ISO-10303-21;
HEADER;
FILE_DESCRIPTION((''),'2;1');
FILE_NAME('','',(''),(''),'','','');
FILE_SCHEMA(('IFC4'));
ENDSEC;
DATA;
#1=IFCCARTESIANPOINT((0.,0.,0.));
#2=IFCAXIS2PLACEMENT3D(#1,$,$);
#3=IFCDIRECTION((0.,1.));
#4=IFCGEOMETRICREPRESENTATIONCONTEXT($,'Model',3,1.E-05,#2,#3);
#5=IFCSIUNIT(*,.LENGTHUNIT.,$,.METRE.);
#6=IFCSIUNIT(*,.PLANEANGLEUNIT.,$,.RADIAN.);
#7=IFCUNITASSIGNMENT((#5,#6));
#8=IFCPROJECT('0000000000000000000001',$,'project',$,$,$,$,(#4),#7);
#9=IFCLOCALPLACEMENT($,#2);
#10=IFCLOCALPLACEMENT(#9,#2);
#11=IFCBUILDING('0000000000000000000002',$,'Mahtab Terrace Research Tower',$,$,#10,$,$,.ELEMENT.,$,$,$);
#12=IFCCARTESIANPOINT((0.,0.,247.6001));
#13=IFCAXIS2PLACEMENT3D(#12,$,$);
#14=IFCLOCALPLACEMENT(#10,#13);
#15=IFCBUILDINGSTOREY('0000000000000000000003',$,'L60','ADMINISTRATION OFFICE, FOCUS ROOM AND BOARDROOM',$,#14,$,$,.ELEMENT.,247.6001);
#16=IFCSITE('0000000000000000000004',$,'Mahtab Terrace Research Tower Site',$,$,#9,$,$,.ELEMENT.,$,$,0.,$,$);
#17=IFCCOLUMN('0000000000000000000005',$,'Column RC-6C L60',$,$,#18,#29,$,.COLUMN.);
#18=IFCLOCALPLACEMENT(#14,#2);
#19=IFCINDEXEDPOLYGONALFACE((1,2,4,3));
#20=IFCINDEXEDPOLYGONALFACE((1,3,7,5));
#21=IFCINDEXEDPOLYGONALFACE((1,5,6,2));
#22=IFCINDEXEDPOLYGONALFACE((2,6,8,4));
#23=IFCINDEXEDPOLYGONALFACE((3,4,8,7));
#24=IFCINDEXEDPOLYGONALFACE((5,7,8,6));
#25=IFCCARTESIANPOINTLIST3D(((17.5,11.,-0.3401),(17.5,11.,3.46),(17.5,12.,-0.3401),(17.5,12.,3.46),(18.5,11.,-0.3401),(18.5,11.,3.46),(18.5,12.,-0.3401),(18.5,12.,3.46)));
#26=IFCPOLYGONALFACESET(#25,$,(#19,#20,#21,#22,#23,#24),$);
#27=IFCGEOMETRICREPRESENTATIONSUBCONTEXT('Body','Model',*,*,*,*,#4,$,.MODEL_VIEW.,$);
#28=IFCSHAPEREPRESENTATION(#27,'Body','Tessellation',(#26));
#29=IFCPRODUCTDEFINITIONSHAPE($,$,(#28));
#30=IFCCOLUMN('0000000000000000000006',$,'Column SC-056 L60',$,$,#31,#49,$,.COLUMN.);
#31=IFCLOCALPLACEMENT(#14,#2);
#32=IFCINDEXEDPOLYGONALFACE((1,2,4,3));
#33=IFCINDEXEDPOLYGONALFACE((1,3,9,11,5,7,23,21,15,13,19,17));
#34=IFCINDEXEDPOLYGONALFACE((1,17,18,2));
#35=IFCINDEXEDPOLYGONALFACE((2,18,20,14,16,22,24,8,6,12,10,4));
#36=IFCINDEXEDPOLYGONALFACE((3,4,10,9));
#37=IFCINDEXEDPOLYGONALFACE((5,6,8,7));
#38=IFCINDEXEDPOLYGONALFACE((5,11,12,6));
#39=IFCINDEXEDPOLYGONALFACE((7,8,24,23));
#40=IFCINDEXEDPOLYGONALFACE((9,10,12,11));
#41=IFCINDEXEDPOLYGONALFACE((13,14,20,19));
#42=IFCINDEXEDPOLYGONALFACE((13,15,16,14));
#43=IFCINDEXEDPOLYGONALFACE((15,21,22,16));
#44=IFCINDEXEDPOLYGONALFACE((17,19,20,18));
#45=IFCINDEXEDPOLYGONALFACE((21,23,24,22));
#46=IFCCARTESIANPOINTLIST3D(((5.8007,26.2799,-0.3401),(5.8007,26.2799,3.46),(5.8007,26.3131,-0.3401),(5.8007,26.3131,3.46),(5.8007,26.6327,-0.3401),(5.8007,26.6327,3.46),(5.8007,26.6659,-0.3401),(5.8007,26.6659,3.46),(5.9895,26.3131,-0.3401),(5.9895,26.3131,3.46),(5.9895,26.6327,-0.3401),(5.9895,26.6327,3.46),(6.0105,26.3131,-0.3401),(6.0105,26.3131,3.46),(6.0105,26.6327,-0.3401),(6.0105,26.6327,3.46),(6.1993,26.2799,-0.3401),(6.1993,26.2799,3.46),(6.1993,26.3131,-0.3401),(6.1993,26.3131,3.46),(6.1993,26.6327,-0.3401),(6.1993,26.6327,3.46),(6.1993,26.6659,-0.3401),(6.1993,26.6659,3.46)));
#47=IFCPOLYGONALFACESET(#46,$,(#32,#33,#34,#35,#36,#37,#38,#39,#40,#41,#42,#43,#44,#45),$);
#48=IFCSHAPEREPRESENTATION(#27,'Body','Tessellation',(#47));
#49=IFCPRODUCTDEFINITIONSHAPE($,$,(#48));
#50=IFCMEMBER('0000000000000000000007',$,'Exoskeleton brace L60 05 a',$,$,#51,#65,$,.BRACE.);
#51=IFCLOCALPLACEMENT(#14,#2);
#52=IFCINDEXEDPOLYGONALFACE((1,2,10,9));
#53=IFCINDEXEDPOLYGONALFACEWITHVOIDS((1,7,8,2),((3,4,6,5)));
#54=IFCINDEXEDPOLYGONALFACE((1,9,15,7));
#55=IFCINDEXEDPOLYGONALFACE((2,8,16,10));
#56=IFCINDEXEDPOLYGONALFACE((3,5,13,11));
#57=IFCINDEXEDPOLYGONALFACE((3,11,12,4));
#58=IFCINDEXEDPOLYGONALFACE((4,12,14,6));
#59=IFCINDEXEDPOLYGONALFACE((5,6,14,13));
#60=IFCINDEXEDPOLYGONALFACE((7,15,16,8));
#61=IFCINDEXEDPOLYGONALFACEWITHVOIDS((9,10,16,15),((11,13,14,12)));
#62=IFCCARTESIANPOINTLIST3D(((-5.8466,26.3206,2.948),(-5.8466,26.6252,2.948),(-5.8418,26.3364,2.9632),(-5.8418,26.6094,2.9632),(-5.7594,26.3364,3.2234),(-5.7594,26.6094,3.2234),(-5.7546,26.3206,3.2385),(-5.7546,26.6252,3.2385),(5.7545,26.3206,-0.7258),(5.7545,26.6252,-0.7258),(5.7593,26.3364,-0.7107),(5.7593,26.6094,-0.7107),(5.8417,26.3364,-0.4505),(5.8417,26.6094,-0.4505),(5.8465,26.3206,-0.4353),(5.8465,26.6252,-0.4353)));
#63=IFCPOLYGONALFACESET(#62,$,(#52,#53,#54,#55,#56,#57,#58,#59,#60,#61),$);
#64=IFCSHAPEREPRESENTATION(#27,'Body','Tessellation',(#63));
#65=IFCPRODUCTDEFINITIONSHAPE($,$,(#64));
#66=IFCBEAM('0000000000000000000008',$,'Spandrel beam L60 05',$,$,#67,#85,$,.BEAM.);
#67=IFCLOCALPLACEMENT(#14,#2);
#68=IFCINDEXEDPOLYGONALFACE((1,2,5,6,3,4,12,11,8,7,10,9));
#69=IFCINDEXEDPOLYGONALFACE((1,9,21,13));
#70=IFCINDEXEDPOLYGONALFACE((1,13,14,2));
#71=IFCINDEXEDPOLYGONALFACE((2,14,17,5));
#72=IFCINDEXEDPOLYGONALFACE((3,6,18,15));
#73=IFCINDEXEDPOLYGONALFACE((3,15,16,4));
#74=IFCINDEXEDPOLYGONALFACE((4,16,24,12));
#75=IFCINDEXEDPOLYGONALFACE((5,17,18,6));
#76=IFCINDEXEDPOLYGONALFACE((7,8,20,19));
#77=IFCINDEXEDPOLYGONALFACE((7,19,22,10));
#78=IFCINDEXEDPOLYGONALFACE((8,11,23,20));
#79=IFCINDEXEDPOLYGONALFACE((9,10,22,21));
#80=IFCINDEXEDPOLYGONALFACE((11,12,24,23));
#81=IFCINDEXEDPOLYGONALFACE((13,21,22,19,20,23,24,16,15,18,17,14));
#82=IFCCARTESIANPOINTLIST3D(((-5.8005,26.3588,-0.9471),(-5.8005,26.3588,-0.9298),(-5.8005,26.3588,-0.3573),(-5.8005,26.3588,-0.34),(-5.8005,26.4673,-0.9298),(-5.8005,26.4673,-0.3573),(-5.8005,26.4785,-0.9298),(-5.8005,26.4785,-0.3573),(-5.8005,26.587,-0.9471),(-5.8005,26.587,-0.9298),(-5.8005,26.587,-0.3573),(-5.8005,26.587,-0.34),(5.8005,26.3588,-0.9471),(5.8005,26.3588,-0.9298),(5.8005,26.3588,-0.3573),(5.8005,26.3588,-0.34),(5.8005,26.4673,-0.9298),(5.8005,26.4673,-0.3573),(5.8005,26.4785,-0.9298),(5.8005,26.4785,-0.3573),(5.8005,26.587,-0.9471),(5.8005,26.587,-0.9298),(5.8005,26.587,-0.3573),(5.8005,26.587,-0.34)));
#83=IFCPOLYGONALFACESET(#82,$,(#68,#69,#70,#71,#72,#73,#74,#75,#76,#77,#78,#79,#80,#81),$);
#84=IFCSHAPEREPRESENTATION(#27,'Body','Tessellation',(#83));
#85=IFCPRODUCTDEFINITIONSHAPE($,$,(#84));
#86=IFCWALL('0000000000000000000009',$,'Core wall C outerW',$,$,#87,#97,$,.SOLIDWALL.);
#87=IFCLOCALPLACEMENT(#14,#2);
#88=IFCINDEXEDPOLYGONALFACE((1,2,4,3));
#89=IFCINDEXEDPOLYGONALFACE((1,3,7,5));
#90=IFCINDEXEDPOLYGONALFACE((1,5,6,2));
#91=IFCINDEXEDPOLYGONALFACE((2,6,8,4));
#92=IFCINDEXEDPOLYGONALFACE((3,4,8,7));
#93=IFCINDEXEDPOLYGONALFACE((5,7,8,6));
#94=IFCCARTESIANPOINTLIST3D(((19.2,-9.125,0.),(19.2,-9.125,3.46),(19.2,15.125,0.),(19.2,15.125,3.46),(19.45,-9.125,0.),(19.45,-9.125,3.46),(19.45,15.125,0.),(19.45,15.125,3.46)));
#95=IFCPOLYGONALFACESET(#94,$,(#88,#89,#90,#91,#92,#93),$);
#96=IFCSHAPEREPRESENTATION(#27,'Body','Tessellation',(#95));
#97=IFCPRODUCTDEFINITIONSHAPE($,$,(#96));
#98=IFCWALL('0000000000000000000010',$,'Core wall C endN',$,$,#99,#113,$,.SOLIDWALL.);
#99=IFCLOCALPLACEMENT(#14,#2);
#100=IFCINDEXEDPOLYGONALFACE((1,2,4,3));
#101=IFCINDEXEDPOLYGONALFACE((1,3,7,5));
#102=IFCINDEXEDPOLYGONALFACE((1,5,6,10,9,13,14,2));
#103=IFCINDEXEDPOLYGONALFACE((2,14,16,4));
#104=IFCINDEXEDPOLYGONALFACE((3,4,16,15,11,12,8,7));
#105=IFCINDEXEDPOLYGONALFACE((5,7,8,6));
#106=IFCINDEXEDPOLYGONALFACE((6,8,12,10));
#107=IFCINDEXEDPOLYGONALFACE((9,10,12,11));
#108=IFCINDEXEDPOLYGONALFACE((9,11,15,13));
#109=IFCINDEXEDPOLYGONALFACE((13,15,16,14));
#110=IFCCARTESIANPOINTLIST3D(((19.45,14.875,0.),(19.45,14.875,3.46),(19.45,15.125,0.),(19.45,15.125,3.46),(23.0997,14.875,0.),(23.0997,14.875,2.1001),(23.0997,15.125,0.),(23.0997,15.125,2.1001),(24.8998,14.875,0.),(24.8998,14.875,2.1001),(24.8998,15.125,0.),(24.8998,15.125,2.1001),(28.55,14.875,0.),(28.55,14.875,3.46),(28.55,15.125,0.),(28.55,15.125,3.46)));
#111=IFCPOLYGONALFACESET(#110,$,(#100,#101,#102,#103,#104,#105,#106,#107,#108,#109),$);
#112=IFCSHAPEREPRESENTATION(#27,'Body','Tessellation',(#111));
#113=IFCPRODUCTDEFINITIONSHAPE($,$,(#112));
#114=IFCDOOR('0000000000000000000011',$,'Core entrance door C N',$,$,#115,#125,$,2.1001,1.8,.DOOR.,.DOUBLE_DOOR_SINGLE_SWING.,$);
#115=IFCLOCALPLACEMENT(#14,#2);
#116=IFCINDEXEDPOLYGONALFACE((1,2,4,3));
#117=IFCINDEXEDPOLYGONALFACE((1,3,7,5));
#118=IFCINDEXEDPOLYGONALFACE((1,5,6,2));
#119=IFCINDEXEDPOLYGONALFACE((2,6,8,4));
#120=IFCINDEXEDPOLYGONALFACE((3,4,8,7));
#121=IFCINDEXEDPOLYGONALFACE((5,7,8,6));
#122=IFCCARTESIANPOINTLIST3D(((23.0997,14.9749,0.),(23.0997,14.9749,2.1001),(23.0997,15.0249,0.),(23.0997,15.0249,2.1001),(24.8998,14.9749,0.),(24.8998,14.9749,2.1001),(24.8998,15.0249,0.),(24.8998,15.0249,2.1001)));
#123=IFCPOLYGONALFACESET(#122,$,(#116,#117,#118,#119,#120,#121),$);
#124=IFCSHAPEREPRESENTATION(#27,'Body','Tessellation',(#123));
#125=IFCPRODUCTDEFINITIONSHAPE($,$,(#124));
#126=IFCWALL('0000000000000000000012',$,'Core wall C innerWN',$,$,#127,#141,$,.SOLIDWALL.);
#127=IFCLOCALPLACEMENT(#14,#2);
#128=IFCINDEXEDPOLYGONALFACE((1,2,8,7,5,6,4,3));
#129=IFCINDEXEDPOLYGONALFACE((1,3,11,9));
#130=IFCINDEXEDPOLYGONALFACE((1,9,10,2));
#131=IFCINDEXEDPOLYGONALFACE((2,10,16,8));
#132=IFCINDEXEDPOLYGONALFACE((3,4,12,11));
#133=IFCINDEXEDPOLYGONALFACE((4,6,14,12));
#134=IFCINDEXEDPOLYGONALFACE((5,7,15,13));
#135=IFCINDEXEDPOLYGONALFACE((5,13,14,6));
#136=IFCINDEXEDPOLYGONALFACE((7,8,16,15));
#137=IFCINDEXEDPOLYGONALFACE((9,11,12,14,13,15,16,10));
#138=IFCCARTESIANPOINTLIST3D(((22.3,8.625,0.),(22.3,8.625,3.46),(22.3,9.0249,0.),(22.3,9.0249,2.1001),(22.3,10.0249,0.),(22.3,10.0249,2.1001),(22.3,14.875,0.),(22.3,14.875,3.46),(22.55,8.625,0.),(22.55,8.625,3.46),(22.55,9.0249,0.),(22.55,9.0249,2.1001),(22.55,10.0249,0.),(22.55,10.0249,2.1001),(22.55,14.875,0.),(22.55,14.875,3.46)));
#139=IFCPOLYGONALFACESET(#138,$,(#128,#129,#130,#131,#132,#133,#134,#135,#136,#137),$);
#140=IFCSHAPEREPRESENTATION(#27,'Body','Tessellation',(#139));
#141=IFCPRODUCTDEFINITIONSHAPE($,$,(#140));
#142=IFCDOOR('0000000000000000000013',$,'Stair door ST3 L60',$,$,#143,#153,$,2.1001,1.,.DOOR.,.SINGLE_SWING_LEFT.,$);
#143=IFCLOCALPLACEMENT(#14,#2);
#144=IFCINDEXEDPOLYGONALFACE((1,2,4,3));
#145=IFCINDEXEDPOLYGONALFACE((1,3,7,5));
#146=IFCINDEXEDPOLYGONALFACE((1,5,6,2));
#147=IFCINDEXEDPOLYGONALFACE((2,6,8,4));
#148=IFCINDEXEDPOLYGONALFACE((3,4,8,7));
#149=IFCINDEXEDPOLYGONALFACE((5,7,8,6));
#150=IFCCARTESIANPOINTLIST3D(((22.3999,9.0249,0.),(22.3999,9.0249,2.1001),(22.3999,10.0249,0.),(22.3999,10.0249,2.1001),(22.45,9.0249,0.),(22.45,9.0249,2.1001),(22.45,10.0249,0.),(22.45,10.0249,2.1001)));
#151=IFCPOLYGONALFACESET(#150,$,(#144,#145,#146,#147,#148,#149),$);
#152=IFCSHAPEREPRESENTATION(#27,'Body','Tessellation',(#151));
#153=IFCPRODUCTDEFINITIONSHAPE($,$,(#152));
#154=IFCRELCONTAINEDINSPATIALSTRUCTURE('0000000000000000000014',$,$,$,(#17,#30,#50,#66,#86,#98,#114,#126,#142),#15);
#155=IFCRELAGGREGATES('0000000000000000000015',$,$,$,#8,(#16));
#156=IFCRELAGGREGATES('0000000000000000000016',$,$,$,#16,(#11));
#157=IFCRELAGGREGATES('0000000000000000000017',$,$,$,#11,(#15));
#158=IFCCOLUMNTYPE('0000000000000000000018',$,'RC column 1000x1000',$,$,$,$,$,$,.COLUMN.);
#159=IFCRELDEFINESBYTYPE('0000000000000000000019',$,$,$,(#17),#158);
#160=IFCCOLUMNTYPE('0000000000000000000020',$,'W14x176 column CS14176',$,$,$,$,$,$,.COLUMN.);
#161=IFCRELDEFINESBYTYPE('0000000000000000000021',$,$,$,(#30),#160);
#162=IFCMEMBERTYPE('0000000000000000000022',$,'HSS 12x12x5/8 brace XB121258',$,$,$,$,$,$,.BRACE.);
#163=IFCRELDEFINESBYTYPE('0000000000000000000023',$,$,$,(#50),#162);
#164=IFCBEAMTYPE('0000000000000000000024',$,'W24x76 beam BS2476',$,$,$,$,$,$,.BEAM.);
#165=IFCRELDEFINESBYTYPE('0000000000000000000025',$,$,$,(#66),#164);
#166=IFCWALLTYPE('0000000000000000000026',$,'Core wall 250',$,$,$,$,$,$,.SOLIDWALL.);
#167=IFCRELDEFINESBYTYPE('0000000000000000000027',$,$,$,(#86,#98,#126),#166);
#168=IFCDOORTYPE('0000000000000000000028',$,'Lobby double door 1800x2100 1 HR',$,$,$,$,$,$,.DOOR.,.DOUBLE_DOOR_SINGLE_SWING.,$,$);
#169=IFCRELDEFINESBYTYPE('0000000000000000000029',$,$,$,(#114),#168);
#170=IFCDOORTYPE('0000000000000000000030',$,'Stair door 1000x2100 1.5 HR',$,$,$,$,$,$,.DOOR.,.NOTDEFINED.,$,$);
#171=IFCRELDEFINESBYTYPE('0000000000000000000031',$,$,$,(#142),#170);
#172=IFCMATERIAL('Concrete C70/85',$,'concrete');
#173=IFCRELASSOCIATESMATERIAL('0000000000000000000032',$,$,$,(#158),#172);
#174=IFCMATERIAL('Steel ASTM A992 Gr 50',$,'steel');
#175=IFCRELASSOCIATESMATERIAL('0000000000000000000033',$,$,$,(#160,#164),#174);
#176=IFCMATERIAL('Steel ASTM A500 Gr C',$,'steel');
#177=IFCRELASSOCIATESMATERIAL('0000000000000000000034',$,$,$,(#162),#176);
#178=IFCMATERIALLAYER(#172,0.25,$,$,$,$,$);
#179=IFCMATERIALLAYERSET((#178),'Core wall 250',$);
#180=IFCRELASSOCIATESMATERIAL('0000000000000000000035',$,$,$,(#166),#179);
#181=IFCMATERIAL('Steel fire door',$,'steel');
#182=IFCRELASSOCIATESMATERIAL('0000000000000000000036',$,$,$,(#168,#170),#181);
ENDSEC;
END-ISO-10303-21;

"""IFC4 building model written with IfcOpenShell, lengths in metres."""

from ifc_helpers import new_model, si_unit, direction, frame, frame_2d, origin, origin_2d, place, context, subcontext, project, spatial, rectangle, hollow_rectangle, i_section, extrude, material, layer, layer_set, material_profile, profile_set, type_object, element, fill, save


model = new_model("IFC4")

# Units and contexts
model_context = context("Model", 3, precision=1e-05, world=origin(), true_north=direction((0.0, 1.0)))
body_context = subcontext(model_context, "Body", "Model", "MODEL_VIEW")
ifc_project = project(units=[si_unit("LENGTHUNIT", "METRE"), si_unit("PLANEANGLEUNIT", "RADIAN")], contexts=[model_context])

# Site, building, storey
site_placement = place(None, origin())
site = spatial("IfcSite", under=ifc_project, at=site_placement, Name="Mahtab Terrace Research Tower Site", CompositionType="ELEMENT", RefElevation=0.0)
building_placement = place(site_placement, origin())
building = spatial("IfcBuilding", under=site, at=building_placement, Name="Mahtab Terrace Research Tower", CompositionType="ELEMENT")
storey_placement = place(building_placement, frame((0.0, 0.0, 247.6001)))
storey = spatial("IfcBuildingStorey", under=building, at=storey_placement, Name="L60", Description="ADMINISTRATION OFFICE, FOCUS ROOM AND BOARDROOM", CompositionType="ELEMENT", Elevation=247.6001)

# Columns
ifc_material_1 = material(Name="Concrete C70/85", Category="concrete")
ifc_material_profile_1 = material_profile(ifc_material_1, rectangle(XDim=1.0, YDim=1.0, at=origin_2d()), Name="RC column 1000x1000")
ifc_profile_set_1 = profile_set([ifc_material_profile_1], Name="Concrete C70/85")
column_type_1 = type_object("IfcColumnType", Name="RC column 1000x1000", PredefinedType="COLUMN", material=ifc_profile_set_1)
column_1_placement = place(storey_placement, frame((18.0, 11.5, -0.3401), z_axis=(0.0, 0.0, 1.0), x_axis=(1.0, 0.0, 0.0)))
element("IfcColumn", 1, at=column_1_placement, inside=storey, type_object=column_type_1, Name="Column RC-6C L60", PredefinedType="COLUMN", context=body_context, shape_type="SweptSolid", body=[
    extrude(rectangle(XDim=1.0, YDim=1.0, at=origin_2d()), origin(), (0.0, 0.0, 1.0), 3.8),
])
ifc_material_2 = material(Name="Steel ASTM A992 Gr 50", Category="steel")
ifc_material_profile_2 = material_profile(ifc_material_2, i_section(OverallWidth=0.3987, OverallDepth=0.386, WebThickness=0.021, FlangeThickness=0.0332, at=origin_2d()), Name="W14X176")
ifc_profile_set_2 = profile_set([ifc_material_profile_2], Name="Steel ASTM A992 Gr 50")
column_type_2 = type_object("IfcColumnType", Name="W14x176 column CS14176", PredefinedType="COLUMN", material=ifc_profile_set_2)
column_2_placement = place(storey_placement, frame((6.0, 26.4729, -0.3401), z_axis=(0.0, 0.0, 1.0), x_axis=(1.0, 0.0, 0.0)))
element("IfcColumn", 2, at=column_2_placement, inside=storey, type_object=column_type_2, Name="Column SC-056 L60", PredefinedType="COLUMN", context=body_context, shape_type="SweptSolid", body=[
    extrude(i_section(OverallWidth=0.3987, OverallDepth=0.386, WebThickness=0.021, FlangeThickness=0.0332, at=origin_2d()), origin(), (0.0, 0.0, 1.0), 3.8),
])

# Member
ifc_material_3 = material(Name="Steel ASTM A500 Gr C", Category="steel")
ifc_material_profile_3 = material_profile(ifc_material_3, hollow_rectangle(XDim=0.3047, YDim=0.3047, WallThickness=0.0159, at=origin_2d()), Name="HSS12X12X5/8")
ifc_profile_set_3 = profile_set([ifc_material_profile_3], Name="Steel ASTM A500 Gr C")
member_type = type_object("IfcMemberType", Name="HSS 12x12x5/8 brace XB121258", PredefinedType="BRACE", material=ifc_profile_set_3)
member_placement = place(storey_placement, frame((5.8005, 26.4729, -0.5806), z_axis=(-0.953339, 0.0, 0.301903), x_axis=(0.0, -1.0, 0.0)))
element("IfcMember", 3, at=member_placement, inside=storey, type_object=member_type, Name="Exoskeleton brace L60 05 a", PredefinedType="BRACE", context=body_context, shape_type="SweptSolid", body=[
    extrude(hollow_rectangle(XDim=0.3047, YDim=0.3047, WallThickness=0.0159, at=origin_2d()), origin(), (0.0, 0.0, 1.0), 12.1689),
])

# Beam
ifc_material_profile_4 = material_profile(ifc_material_2, i_section(OverallWidth=0.2283, OverallDepth=0.6072, WebThickness=0.0112, FlangeThickness=0.0173, at=origin_2d()), Name="W24X76")
ifc_profile_set_4 = profile_set([ifc_material_profile_4], Name="Steel ASTM A992 Gr 50")
beam_type = type_object("IfcBeamType", Name="W24x76 beam BS2476", PredefinedType="BEAM", material=ifc_profile_set_4)
beam_placement = place(storey_placement, frame((5.8005, 26.4729, -0.6436), z_axis=(-1.0, 0.0, 0.0), x_axis=(0.0, -1.0, 0.0)))
element("IfcBeam", 4, at=beam_placement, inside=storey, type_object=beam_type, Name="Spandrel beam L60 05", PredefinedType="BEAM", context=body_context, shape_type="SweptSolid", body=[
    extrude(i_section(OverallWidth=0.2283, OverallDepth=0.6072, WebThickness=0.0112, FlangeThickness=0.0173, at=origin_2d()), origin(), (0.0, 0.0, 1.0), 11.6011),
])

# Wall
ifc_layer_1 = layer(ifc_material_1, 0.25)
ifc_layer_set_1 = layer_set([ifc_layer_1], Name="Core wall 250")
wall_type_1 = type_object("IfcWallType", Name="Core wall 250", PredefinedType="SOLIDWALL", material=ifc_layer_set_1)
wall_1_placement = place(storey_placement, frame((19.325, 15.125, 0.0), z_axis=(0.0, 0.0, 1.0), x_axis=(0.0, -1.0, 0.0)))
element("IfcWall", 5, at=wall_1_placement, inside=storey, type_object=wall_type_1, Name="Core wall C outerW", PredefinedType="SOLIDWALL", context=body_context, shape_type="SweptSolid", body=[
    extrude(rectangle(XDim=24.25, YDim=0.25, at=frame_2d((12.125, 0.0))), origin(), (0.0, 0.0, 1.0), 3.46),
])

# Walls, openings, doors
wall_2_placement = place(storey_placement, frame((19.45, 15.0, 0.0), z_axis=(0.0, 0.0, 1.0), x_axis=(1.0, 0.0, 0.0)))
wall_2 = element("IfcWall", 6, at=wall_2_placement, inside=storey, type_object=wall_type_1, Name="Core wall C endN", PredefinedType="SOLIDWALL", context=body_context, shape_type="SweptSolid", body=[
    extrude(rectangle(XDim=9.1001, YDim=0.25, at=frame_2d((4.55, 0.0))), origin(), (0.0, 0.0, 1.0), 3.46),
])
opening_1_placement = place(wall_2_placement, frame((3.6499, 0.0, 0.0)))
opening_1 = element("IfcOpeningElement", 7, at=opening_1_placement, cuts=wall_2, PredefinedType="OPENING", context=body_context, shape_type="SweptSolid", body=[
    extrude(rectangle(XDim=1.8, YDim=2.1001, at=frame_2d((0.8999, 1.05))), frame((0.0, 0.135, 0.0), z_axis=(0.0, -1.0, 0.0), x_axis=(1.0, 0.0, 0.0)), (0.0, 0.0, 1.0), 0.27),
])
ifc_material_4 = material(Name="Steel fire door", Category="steel")
door_type_1 = type_object("IfcDoorType", Name="Lobby double door 1800x2100 1 HR", OperationType="DOUBLE_DOOR_SINGLE_SWING", PredefinedType="DOOR", material=ifc_material_4)
door_1_placement = place(opening_1_placement, origin())
door_1 = element("IfcDoor", 8, at=door_1_placement, inside=storey, type_object=door_type_1, Name="Core entrance door C N", OperationType="DOUBLE_DOOR_SINGLE_SWING", OverallHeight=2.1001, OverallWidth=1.8, PredefinedType="DOOR", context=body_context, shape_type="SweptSolid", body=[
    extrude(rectangle(XDim=1.8, YDim=2.1001, at=frame_2d((0.8999, 1.05))), frame((0.0, 0.0249, 0.0), z_axis=(0.0, -1.0, 0.0), x_axis=(1.0, 0.0, 0.0)), (0.0, 0.0, 1.0), 0.05),
])
fill(opening_1, door_1)
wall_3_placement = place(storey_placement, frame((22.425, 14.875, 0.0), z_axis=(0.0, 0.0, 1.0), x_axis=(0.0, -1.0, 0.0)))
wall_3 = element("IfcWall", 9, at=wall_3_placement, inside=storey, type_object=wall_type_1, Name="Core wall C innerWN", PredefinedType="SOLIDWALL", context=body_context, shape_type="SweptSolid", body=[
    extrude(rectangle(XDim=6.25, YDim=0.25, at=frame_2d((3.125, 0.0))), origin(), (0.0, 0.0, 1.0), 3.46),
])
opening_2_placement = place(wall_3_placement, frame((4.8501, 0.0, 0.0)))
opening_2 = element("IfcOpeningElement", 10, at=opening_2_placement, cuts=wall_3, PredefinedType="OPENING", context=body_context, shape_type="SweptSolid", body=[
    extrude(rectangle(XDim=1.0, YDim=2.1001, at=frame_2d((0.5, 1.05))), frame((0.0, 0.135, 0.0), z_axis=(0.0, -1.0, 0.0), x_axis=(1.0, 0.0, 0.0)), (0.0, 0.0, 1.0), 0.27),
])
door_type_2 = type_object("IfcDoorType", Name="Stair door 1000x2100 1.5 HR", OperationType="NOTDEFINED", PredefinedType="DOOR", material=ifc_material_4)
door_2_placement = place(opening_2_placement, origin())
door_2 = element("IfcDoor", 11, at=door_2_placement, inside=storey, type_object=door_type_2, Name="Stair door ST3 L60", OperationType="SINGLE_SWING_LEFT", OverallHeight=2.1001, OverallWidth=1.0, PredefinedType="DOOR", context=body_context, shape_type="SweptSolid", body=[
    extrude(rectangle(XDim=1.0, YDim=2.1001, at=frame_2d((0.5, 1.05))), frame((0.0, 0.0249, 0.0), z_axis=(0.0, -1.0, 0.0), x_axis=(1.0, 0.0, 0.0)), (0.0, 0.0, 1.0), 0.05),
])
fill(opening_2, door_2)

save(model, "model.ifc")
